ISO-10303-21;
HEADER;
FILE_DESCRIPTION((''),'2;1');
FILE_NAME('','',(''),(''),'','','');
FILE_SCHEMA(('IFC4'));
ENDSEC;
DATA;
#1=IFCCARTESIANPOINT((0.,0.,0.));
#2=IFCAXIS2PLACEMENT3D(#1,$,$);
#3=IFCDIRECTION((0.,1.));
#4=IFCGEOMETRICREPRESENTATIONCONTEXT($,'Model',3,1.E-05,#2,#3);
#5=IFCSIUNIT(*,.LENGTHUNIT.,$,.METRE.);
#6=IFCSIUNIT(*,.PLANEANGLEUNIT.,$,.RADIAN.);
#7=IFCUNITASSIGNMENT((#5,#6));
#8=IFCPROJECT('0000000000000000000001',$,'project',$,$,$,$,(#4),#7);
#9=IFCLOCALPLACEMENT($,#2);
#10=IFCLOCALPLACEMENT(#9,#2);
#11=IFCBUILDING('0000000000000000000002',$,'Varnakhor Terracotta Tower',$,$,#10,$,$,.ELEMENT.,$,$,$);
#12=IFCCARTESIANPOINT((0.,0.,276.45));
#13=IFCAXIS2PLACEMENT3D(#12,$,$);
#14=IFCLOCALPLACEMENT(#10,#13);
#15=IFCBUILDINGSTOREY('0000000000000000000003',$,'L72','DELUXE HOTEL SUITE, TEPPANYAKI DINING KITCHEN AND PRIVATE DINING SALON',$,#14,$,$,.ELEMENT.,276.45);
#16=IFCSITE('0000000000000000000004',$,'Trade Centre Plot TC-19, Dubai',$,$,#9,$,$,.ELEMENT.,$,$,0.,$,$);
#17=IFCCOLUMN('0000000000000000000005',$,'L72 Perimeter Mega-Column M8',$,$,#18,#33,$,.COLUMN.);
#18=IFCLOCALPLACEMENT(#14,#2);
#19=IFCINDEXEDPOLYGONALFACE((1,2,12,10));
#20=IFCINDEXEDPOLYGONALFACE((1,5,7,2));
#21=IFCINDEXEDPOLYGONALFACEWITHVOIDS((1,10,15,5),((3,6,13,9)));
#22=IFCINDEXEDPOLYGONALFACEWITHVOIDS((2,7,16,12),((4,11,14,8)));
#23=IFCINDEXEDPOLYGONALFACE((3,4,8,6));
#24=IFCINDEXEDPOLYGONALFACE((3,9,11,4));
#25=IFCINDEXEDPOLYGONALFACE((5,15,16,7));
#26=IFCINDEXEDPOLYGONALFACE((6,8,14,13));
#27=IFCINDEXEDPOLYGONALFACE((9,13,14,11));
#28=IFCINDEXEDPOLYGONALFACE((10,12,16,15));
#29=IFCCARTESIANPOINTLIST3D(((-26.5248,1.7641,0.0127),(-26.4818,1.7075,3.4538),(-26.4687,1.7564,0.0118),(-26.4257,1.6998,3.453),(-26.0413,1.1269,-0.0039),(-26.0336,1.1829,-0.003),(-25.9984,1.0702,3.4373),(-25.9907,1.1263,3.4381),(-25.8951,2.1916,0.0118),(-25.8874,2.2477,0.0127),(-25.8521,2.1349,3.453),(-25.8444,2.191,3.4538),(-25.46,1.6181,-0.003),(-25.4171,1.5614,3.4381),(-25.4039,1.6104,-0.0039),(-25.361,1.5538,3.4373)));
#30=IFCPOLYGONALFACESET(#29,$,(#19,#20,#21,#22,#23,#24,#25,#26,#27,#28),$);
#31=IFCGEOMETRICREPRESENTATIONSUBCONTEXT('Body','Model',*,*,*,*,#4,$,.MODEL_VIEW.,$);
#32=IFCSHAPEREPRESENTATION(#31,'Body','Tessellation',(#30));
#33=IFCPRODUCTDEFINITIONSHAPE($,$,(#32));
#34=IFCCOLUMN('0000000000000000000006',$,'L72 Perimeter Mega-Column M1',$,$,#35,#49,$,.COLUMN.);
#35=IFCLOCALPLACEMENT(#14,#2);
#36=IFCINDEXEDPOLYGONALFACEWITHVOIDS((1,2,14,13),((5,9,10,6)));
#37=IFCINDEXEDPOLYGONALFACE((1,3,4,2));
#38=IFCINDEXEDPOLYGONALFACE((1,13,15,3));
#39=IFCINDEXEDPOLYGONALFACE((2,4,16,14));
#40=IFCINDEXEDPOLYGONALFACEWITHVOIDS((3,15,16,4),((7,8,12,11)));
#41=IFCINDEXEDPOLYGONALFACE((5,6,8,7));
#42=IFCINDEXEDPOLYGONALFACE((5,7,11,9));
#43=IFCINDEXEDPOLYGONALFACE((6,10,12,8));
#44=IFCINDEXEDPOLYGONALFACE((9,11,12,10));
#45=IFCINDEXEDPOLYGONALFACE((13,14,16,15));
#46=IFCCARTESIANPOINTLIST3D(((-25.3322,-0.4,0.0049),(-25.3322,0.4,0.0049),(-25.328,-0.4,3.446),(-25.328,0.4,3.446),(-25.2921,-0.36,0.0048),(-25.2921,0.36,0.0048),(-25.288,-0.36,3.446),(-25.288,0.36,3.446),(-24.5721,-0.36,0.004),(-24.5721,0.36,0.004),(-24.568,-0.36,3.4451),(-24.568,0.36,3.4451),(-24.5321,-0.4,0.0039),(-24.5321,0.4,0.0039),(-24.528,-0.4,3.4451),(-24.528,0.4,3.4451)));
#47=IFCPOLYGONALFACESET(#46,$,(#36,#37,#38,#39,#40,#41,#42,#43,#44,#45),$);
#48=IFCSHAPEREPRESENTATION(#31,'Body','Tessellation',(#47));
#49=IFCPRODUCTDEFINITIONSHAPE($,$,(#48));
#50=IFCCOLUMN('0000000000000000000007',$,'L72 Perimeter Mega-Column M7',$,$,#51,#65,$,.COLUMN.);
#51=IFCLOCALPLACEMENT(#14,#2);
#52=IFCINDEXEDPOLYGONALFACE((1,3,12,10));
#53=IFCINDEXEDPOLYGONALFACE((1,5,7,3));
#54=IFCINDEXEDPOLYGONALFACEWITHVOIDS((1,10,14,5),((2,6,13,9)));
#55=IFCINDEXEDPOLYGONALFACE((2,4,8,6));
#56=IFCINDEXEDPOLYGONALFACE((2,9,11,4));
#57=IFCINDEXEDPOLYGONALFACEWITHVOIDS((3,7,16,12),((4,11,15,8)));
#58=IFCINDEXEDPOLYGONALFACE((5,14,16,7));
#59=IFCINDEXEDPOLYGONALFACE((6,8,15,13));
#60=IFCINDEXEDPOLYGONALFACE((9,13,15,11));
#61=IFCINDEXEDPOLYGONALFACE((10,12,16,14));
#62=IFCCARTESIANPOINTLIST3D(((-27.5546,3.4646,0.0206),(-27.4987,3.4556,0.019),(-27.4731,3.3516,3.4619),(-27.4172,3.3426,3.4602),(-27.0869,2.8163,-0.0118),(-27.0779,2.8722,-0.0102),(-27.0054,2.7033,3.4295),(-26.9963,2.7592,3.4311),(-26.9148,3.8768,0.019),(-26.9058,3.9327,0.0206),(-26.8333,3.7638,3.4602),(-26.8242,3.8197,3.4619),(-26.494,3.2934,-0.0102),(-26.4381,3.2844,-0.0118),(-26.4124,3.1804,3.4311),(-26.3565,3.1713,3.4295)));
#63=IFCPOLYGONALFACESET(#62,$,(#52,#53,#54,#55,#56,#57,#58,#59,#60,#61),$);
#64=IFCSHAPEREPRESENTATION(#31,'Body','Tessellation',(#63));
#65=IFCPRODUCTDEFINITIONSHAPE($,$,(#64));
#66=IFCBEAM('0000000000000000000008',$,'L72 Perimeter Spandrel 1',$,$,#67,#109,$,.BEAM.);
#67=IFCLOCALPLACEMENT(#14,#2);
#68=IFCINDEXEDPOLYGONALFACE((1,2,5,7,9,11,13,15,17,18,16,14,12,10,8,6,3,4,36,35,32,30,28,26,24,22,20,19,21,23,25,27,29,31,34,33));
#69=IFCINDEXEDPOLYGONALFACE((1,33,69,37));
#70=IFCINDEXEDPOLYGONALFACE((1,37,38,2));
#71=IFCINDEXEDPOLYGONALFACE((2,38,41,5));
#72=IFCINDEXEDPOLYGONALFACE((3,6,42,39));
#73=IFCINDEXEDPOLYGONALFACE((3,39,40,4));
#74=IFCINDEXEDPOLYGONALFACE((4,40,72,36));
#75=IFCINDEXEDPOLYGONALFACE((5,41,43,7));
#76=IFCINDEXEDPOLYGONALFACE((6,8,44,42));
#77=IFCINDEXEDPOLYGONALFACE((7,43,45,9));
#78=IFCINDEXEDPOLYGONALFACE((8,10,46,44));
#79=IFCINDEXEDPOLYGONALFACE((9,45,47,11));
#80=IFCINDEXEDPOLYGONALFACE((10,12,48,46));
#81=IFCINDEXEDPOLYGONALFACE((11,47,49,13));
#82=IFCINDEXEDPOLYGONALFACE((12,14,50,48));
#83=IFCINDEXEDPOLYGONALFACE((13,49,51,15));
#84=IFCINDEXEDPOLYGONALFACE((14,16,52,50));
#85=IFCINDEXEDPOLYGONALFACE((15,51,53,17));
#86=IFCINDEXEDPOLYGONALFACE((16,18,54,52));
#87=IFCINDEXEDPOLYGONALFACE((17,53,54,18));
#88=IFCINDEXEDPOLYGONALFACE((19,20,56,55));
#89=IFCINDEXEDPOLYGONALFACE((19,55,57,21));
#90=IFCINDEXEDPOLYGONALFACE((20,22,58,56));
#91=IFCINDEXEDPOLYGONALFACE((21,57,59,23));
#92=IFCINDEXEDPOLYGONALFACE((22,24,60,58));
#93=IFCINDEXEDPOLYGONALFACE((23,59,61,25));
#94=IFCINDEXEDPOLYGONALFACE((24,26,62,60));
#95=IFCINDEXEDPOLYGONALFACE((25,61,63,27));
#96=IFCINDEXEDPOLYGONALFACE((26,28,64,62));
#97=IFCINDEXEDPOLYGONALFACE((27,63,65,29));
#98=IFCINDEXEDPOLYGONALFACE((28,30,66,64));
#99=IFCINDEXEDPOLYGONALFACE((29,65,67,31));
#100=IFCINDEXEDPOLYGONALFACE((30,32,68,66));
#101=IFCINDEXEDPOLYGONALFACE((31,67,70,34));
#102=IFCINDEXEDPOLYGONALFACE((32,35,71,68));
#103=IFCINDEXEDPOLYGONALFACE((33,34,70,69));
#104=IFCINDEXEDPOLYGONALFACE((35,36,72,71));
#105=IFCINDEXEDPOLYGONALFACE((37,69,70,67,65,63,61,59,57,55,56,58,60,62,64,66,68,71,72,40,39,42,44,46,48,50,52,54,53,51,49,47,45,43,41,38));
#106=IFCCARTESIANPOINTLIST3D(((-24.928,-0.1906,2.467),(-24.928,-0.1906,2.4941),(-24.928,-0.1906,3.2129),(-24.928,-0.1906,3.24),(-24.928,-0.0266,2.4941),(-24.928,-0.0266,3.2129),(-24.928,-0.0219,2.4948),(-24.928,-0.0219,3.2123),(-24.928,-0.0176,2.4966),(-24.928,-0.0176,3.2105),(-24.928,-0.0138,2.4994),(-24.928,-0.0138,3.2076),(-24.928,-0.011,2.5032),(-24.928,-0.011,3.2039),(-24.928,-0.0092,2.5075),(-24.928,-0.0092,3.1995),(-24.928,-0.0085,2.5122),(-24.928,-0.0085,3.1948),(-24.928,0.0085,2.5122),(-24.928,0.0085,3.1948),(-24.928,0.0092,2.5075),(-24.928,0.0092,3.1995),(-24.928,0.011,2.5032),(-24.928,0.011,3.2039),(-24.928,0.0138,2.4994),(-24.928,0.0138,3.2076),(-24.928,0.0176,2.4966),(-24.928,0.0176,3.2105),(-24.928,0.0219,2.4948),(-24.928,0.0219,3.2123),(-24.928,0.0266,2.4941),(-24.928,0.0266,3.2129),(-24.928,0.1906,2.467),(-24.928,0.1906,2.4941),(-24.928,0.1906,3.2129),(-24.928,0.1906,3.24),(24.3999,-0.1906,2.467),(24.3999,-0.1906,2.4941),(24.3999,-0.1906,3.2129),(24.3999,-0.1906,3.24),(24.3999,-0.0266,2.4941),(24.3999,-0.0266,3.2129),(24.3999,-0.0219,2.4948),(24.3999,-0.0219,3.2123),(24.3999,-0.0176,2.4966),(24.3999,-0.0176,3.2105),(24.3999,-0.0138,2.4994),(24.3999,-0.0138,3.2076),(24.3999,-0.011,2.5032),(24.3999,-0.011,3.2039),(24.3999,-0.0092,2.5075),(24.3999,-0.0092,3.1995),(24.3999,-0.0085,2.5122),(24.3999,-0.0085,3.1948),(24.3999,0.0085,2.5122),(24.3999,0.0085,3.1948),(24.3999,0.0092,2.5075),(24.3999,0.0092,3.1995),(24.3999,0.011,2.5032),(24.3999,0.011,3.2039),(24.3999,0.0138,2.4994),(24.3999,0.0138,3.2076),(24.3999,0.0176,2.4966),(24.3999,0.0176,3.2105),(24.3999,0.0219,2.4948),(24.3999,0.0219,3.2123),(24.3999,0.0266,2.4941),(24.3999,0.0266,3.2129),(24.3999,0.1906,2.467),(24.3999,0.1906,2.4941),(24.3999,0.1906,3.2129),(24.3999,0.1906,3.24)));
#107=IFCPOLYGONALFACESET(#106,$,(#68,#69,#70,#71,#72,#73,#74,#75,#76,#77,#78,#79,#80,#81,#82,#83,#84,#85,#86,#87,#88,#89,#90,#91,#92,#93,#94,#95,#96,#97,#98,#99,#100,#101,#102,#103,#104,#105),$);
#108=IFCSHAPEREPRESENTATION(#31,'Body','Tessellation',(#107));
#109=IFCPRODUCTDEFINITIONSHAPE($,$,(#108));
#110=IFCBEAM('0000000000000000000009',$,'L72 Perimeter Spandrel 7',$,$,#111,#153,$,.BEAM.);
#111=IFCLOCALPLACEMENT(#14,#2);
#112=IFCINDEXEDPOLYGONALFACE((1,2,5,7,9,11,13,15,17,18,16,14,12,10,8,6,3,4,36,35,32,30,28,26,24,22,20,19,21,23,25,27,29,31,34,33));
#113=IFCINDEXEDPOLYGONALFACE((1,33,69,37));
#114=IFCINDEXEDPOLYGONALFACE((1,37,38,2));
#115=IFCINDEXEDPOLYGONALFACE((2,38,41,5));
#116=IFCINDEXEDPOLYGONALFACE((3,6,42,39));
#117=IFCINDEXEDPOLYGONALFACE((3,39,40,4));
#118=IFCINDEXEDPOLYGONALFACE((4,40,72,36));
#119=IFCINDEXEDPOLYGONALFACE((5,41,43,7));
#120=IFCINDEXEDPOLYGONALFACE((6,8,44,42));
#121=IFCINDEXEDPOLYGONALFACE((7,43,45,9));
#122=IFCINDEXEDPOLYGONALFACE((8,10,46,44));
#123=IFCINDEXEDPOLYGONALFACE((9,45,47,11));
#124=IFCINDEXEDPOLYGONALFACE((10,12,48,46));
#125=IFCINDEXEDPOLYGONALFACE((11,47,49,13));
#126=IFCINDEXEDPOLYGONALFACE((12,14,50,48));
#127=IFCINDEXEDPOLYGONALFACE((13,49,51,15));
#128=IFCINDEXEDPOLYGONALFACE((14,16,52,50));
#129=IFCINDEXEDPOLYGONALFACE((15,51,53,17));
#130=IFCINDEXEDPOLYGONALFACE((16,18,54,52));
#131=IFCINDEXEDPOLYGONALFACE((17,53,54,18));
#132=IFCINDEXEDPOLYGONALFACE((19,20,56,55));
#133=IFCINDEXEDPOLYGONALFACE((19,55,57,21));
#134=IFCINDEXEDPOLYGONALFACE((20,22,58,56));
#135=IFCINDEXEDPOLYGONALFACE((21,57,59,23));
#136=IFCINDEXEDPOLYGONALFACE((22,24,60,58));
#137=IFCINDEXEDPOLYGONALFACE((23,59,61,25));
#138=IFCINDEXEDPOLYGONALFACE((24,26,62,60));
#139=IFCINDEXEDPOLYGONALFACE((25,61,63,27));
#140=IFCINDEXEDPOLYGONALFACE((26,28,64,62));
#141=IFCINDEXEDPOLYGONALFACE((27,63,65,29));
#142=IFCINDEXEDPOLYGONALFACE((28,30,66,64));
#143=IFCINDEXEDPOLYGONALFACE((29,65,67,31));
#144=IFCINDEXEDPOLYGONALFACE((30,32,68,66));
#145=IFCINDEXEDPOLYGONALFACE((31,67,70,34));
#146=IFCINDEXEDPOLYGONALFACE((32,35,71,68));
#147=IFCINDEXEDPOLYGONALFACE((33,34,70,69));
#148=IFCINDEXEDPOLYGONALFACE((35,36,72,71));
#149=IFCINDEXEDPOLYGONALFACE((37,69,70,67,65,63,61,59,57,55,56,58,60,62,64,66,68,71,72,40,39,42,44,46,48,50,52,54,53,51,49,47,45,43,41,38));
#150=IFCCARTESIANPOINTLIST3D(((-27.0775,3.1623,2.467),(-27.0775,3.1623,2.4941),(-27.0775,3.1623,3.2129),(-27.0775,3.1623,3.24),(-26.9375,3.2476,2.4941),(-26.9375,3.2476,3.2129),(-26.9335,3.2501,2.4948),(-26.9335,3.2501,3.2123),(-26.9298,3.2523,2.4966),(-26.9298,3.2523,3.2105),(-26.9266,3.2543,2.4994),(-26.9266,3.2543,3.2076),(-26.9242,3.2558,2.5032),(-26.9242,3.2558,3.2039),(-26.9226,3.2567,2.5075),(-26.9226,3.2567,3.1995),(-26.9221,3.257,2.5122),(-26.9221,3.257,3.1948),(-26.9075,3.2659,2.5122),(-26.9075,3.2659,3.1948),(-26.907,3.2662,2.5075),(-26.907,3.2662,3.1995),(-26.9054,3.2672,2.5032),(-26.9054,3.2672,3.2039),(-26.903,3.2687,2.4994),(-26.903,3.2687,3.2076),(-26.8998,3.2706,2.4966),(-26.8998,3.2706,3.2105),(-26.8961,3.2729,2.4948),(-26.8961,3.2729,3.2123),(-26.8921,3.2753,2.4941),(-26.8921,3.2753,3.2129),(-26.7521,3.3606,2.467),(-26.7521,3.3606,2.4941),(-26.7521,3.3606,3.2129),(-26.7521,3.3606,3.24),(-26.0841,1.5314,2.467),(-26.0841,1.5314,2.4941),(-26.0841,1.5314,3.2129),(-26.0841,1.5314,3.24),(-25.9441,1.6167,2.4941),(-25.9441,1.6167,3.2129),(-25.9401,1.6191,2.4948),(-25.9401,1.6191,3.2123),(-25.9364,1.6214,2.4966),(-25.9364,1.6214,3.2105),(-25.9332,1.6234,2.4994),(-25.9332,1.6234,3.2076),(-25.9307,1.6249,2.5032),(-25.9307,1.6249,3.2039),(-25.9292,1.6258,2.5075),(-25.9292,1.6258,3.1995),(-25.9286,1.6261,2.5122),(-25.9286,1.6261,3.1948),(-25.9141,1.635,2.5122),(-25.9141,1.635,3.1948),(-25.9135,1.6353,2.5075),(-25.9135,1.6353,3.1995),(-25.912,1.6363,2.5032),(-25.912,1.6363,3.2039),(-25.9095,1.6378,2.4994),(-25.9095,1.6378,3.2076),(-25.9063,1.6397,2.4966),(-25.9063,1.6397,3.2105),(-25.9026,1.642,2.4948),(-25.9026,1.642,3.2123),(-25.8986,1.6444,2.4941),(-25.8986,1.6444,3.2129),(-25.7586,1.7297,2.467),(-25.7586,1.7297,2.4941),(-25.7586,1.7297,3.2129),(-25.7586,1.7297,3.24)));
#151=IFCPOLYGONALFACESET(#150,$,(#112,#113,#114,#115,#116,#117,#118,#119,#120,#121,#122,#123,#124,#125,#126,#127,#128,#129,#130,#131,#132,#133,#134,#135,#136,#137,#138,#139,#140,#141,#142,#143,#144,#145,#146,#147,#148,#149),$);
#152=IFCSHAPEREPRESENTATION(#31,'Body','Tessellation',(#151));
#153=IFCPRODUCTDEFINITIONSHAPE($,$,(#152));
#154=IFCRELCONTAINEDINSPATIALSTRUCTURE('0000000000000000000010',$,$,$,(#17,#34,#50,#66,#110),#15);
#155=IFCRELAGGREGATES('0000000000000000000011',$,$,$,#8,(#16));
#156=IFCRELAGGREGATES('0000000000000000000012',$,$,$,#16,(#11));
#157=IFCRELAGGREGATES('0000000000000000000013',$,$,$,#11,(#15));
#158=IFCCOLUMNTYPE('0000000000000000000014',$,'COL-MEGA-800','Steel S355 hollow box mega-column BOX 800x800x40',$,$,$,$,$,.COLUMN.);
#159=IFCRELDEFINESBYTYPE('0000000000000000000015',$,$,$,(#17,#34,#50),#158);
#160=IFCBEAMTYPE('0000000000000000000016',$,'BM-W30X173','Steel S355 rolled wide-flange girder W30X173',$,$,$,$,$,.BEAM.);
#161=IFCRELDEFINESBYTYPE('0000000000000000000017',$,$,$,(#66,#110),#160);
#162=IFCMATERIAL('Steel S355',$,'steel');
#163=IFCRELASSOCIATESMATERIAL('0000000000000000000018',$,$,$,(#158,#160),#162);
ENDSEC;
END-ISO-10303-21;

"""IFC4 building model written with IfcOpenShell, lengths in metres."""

from ifc_helpers import new_model, si_unit, direction, frame, origin, origin_2d, place, context, subcontext, project, spatial, hollow_rectangle, i_section, extrude, source, transform, mapped, material, material_profile, profile_set, type_object, element, save


model = new_model("IFC4")

# Units and contexts
model_context = context("Model", 3, precision=1e-05, world=origin(), true_north=direction((0.0, 1.0)))
body_context = subcontext(model_context, "Body", "Model", "MODEL_VIEW")
ifc_project = project(units=[si_unit("LENGTHUNIT", "METRE"), si_unit("PLANEANGLEUNIT", "RADIAN")], contexts=[model_context])

# Site, building, storey
site_placement = place(None, origin())
site = spatial("IfcSite", under=ifc_project, at=site_placement, Name="Trade Centre Plot TC-19, Dubai", CompositionType="ELEMENT", RefElevation=0.0)
building_placement = place(site_placement, origin())
building = spatial("IfcBuilding", under=site, at=building_placement, Name="Varnakhor Terracotta Tower", CompositionType="ELEMENT")
storey_placement = place(building_placement, frame((0.0, 0.0, 276.45)))
storey = spatial("IfcBuildingStorey", under=building, at=storey_placement, Name="L72", Description="DELUXE HOTEL SUITE, TEPPANYAKI DINING KITCHEN AND PRIVATE DINING SALON", CompositionType="ELEMENT", Elevation=276.45)

# Columns
ifc_material_1 = material(Name="Steel S355", Category="steel")
ifc_material_profile_1 = material_profile(ifc_material_1, hollow_rectangle(XDim=0.8, YDim=0.8, WallThickness=0.04, at=origin_2d()), Name="BOX 800x800x40")
ifc_profile_set_1 = profile_set([ifc_material_profile_1], Name="Steel S355")
column_type = type_object("IfcColumnType", Name="COL-MEGA-800", Description="Steel S355 hollow box mega-column BOX 800x800x40", PredefinedType="COLUMN", material=ifc_profile_set_1)
shared_shape_1 = source(origin(), body_context, "Body", "SweptSolid", [
    extrude(hollow_rectangle(XDim=0.8, YDim=0.8, WallThickness=0.04, at=origin_2d()), origin(), (0.0, 0.0, 1.0), 3.4419),
])
column_1_placement = place(storey_placement, frame((-25.9644, 1.6873, 0.0044), z_axis=(0.012484, -0.016456, 0.999787), x_axis=(0.796691, 0.604386, 0.0)))
element("IfcColumn", 1, at=column_1_placement, inside=storey, type_object=column_type, Name="L72 Perimeter Mega-Column M8", PredefinedType="COLUMN", context=body_context, shape_type="MappedRepresentation", body=[
    mapped(shared_shape_1, transform((0.0, 0.0, 0.0), scale=1.0)),
])
shared_shape_2 = source(origin(), body_context, "Body", "SweptSolid", [
    extrude(hollow_rectangle(XDim=0.8, YDim=0.8, WallThickness=0.04, at=origin_2d()), origin(), (0.0, 0.0, 1.0), 3.4412),
])
column_2_placement = place(storey_placement, frame((-24.9321, 0.0, 0.0044), z_axis=(0.001206, 0.0, 0.999999), x_axis=(1.0, 0.0, 0.0)))
element("IfcColumn", 2, at=column_2_placement, inside=storey, type_object=column_type, Name="L72 Perimeter Mega-Column M1", PredefinedType="COLUMN", context=body_context, shape_type="MappedRepresentation", body=[
    mapped(shared_shape_2, transform((0.0, 0.0, 0.0), scale=1.0)),
])
shared_shape_3 = source(origin(), body_context, "Body", "SweptSolid", [
    extrude(hollow_rectangle(XDim=0.8, YDim=0.8, WallThickness=0.04, at=origin_2d()), origin(), (0.0, 0.0, 1.0), 3.4441),
])
column_3_placement = place(storey_placement, frame((-26.9963, 3.3745, 0.0044), z_axis=(0.023677, -0.032822, 0.999181), x_axis=(0.811002, 0.585043, 0.0)))
element("IfcColumn", 3, at=column_3_placement, inside=storey, type_object=column_type, Name="L72 Perimeter Mega-Column M7", PredefinedType="COLUMN", context=body_context, shape_type="MappedRepresentation", body=[
    mapped(shared_shape_3, transform((0.0, 0.0, 0.0), scale=1.0)),
])

# Beams
ifc_material_profile_2 = material_profile(ifc_material_1, i_section(OverallWidth=0.3811, OverallDepth=0.7729, WebThickness=0.0171, FlangeThickness=0.0271, FilletRadius=0.0181, at=origin_2d()), Name="W30X173")
ifc_profile_set_2 = profile_set([ifc_material_profile_2], Name="Steel S355")
beam_type_1 = type_object("IfcBeamType", Name="BM-W30X173", Description="Steel S355 rolled wide-flange girder W30X173", PredefinedType="BEAM", material=ifc_profile_set_2)
shared_shape_4 = source(origin(), body_context, "Body", "SweptSolid", [
    extrude(i_section(OverallWidth=0.3811, OverallDepth=0.7729, WebThickness=0.0171, FlangeThickness=0.0271, FilletRadius=0.0181, at=origin_2d()), origin(), (0.0, 0.0, 1.0), 49.3279),
])
beam_1_placement = place(storey_placement, frame((-24.928, 0.0, 2.8535), z_axis=(1.0, 0.0, 0.0), x_axis=(0.0, 1.0, 0.0)))
element("IfcBeam", 4, at=beam_1_placement, inside=storey, type_object=beam_type_1, Name="L72 Perimeter Spandrel 1", PredefinedType="BEAM", context=body_context, shape_type="MappedRepresentation", body=[
    mapped(shared_shape_4, transform((0.0, 0.0, 0.0), scale=1.0)),
])
shared_shape_5 = source(origin(), body_context, "Body", "SweptSolid", [
    extrude(i_section(OverallWidth=0.3811, OverallDepth=0.7729, WebThickness=0.0171, FlangeThickness=0.0271, FilletRadius=0.0181, at=origin_2d()), origin(), (0.0, 0.0, 1.0), 1.9097),
])
beam_2_placement = place(storey_placement, frame((-26.9148, 3.2615, 2.8535), z_axis=(0.520219, -0.854033, 0.0), x_axis=(0.854033, 0.520219, 0.0)))
element("IfcBeam", 5, at=beam_2_placement, inside=storey, type_object=beam_type_1, Name="L72 Perimeter Spandrel 7", PredefinedType="BEAM", context=body_context, shape_type="MappedRepresentation", body=[
    mapped(shared_shape_5, transform((0.0, 0.0, 0.0), scale=1.0)),
])

save(model, "model.ifc")
